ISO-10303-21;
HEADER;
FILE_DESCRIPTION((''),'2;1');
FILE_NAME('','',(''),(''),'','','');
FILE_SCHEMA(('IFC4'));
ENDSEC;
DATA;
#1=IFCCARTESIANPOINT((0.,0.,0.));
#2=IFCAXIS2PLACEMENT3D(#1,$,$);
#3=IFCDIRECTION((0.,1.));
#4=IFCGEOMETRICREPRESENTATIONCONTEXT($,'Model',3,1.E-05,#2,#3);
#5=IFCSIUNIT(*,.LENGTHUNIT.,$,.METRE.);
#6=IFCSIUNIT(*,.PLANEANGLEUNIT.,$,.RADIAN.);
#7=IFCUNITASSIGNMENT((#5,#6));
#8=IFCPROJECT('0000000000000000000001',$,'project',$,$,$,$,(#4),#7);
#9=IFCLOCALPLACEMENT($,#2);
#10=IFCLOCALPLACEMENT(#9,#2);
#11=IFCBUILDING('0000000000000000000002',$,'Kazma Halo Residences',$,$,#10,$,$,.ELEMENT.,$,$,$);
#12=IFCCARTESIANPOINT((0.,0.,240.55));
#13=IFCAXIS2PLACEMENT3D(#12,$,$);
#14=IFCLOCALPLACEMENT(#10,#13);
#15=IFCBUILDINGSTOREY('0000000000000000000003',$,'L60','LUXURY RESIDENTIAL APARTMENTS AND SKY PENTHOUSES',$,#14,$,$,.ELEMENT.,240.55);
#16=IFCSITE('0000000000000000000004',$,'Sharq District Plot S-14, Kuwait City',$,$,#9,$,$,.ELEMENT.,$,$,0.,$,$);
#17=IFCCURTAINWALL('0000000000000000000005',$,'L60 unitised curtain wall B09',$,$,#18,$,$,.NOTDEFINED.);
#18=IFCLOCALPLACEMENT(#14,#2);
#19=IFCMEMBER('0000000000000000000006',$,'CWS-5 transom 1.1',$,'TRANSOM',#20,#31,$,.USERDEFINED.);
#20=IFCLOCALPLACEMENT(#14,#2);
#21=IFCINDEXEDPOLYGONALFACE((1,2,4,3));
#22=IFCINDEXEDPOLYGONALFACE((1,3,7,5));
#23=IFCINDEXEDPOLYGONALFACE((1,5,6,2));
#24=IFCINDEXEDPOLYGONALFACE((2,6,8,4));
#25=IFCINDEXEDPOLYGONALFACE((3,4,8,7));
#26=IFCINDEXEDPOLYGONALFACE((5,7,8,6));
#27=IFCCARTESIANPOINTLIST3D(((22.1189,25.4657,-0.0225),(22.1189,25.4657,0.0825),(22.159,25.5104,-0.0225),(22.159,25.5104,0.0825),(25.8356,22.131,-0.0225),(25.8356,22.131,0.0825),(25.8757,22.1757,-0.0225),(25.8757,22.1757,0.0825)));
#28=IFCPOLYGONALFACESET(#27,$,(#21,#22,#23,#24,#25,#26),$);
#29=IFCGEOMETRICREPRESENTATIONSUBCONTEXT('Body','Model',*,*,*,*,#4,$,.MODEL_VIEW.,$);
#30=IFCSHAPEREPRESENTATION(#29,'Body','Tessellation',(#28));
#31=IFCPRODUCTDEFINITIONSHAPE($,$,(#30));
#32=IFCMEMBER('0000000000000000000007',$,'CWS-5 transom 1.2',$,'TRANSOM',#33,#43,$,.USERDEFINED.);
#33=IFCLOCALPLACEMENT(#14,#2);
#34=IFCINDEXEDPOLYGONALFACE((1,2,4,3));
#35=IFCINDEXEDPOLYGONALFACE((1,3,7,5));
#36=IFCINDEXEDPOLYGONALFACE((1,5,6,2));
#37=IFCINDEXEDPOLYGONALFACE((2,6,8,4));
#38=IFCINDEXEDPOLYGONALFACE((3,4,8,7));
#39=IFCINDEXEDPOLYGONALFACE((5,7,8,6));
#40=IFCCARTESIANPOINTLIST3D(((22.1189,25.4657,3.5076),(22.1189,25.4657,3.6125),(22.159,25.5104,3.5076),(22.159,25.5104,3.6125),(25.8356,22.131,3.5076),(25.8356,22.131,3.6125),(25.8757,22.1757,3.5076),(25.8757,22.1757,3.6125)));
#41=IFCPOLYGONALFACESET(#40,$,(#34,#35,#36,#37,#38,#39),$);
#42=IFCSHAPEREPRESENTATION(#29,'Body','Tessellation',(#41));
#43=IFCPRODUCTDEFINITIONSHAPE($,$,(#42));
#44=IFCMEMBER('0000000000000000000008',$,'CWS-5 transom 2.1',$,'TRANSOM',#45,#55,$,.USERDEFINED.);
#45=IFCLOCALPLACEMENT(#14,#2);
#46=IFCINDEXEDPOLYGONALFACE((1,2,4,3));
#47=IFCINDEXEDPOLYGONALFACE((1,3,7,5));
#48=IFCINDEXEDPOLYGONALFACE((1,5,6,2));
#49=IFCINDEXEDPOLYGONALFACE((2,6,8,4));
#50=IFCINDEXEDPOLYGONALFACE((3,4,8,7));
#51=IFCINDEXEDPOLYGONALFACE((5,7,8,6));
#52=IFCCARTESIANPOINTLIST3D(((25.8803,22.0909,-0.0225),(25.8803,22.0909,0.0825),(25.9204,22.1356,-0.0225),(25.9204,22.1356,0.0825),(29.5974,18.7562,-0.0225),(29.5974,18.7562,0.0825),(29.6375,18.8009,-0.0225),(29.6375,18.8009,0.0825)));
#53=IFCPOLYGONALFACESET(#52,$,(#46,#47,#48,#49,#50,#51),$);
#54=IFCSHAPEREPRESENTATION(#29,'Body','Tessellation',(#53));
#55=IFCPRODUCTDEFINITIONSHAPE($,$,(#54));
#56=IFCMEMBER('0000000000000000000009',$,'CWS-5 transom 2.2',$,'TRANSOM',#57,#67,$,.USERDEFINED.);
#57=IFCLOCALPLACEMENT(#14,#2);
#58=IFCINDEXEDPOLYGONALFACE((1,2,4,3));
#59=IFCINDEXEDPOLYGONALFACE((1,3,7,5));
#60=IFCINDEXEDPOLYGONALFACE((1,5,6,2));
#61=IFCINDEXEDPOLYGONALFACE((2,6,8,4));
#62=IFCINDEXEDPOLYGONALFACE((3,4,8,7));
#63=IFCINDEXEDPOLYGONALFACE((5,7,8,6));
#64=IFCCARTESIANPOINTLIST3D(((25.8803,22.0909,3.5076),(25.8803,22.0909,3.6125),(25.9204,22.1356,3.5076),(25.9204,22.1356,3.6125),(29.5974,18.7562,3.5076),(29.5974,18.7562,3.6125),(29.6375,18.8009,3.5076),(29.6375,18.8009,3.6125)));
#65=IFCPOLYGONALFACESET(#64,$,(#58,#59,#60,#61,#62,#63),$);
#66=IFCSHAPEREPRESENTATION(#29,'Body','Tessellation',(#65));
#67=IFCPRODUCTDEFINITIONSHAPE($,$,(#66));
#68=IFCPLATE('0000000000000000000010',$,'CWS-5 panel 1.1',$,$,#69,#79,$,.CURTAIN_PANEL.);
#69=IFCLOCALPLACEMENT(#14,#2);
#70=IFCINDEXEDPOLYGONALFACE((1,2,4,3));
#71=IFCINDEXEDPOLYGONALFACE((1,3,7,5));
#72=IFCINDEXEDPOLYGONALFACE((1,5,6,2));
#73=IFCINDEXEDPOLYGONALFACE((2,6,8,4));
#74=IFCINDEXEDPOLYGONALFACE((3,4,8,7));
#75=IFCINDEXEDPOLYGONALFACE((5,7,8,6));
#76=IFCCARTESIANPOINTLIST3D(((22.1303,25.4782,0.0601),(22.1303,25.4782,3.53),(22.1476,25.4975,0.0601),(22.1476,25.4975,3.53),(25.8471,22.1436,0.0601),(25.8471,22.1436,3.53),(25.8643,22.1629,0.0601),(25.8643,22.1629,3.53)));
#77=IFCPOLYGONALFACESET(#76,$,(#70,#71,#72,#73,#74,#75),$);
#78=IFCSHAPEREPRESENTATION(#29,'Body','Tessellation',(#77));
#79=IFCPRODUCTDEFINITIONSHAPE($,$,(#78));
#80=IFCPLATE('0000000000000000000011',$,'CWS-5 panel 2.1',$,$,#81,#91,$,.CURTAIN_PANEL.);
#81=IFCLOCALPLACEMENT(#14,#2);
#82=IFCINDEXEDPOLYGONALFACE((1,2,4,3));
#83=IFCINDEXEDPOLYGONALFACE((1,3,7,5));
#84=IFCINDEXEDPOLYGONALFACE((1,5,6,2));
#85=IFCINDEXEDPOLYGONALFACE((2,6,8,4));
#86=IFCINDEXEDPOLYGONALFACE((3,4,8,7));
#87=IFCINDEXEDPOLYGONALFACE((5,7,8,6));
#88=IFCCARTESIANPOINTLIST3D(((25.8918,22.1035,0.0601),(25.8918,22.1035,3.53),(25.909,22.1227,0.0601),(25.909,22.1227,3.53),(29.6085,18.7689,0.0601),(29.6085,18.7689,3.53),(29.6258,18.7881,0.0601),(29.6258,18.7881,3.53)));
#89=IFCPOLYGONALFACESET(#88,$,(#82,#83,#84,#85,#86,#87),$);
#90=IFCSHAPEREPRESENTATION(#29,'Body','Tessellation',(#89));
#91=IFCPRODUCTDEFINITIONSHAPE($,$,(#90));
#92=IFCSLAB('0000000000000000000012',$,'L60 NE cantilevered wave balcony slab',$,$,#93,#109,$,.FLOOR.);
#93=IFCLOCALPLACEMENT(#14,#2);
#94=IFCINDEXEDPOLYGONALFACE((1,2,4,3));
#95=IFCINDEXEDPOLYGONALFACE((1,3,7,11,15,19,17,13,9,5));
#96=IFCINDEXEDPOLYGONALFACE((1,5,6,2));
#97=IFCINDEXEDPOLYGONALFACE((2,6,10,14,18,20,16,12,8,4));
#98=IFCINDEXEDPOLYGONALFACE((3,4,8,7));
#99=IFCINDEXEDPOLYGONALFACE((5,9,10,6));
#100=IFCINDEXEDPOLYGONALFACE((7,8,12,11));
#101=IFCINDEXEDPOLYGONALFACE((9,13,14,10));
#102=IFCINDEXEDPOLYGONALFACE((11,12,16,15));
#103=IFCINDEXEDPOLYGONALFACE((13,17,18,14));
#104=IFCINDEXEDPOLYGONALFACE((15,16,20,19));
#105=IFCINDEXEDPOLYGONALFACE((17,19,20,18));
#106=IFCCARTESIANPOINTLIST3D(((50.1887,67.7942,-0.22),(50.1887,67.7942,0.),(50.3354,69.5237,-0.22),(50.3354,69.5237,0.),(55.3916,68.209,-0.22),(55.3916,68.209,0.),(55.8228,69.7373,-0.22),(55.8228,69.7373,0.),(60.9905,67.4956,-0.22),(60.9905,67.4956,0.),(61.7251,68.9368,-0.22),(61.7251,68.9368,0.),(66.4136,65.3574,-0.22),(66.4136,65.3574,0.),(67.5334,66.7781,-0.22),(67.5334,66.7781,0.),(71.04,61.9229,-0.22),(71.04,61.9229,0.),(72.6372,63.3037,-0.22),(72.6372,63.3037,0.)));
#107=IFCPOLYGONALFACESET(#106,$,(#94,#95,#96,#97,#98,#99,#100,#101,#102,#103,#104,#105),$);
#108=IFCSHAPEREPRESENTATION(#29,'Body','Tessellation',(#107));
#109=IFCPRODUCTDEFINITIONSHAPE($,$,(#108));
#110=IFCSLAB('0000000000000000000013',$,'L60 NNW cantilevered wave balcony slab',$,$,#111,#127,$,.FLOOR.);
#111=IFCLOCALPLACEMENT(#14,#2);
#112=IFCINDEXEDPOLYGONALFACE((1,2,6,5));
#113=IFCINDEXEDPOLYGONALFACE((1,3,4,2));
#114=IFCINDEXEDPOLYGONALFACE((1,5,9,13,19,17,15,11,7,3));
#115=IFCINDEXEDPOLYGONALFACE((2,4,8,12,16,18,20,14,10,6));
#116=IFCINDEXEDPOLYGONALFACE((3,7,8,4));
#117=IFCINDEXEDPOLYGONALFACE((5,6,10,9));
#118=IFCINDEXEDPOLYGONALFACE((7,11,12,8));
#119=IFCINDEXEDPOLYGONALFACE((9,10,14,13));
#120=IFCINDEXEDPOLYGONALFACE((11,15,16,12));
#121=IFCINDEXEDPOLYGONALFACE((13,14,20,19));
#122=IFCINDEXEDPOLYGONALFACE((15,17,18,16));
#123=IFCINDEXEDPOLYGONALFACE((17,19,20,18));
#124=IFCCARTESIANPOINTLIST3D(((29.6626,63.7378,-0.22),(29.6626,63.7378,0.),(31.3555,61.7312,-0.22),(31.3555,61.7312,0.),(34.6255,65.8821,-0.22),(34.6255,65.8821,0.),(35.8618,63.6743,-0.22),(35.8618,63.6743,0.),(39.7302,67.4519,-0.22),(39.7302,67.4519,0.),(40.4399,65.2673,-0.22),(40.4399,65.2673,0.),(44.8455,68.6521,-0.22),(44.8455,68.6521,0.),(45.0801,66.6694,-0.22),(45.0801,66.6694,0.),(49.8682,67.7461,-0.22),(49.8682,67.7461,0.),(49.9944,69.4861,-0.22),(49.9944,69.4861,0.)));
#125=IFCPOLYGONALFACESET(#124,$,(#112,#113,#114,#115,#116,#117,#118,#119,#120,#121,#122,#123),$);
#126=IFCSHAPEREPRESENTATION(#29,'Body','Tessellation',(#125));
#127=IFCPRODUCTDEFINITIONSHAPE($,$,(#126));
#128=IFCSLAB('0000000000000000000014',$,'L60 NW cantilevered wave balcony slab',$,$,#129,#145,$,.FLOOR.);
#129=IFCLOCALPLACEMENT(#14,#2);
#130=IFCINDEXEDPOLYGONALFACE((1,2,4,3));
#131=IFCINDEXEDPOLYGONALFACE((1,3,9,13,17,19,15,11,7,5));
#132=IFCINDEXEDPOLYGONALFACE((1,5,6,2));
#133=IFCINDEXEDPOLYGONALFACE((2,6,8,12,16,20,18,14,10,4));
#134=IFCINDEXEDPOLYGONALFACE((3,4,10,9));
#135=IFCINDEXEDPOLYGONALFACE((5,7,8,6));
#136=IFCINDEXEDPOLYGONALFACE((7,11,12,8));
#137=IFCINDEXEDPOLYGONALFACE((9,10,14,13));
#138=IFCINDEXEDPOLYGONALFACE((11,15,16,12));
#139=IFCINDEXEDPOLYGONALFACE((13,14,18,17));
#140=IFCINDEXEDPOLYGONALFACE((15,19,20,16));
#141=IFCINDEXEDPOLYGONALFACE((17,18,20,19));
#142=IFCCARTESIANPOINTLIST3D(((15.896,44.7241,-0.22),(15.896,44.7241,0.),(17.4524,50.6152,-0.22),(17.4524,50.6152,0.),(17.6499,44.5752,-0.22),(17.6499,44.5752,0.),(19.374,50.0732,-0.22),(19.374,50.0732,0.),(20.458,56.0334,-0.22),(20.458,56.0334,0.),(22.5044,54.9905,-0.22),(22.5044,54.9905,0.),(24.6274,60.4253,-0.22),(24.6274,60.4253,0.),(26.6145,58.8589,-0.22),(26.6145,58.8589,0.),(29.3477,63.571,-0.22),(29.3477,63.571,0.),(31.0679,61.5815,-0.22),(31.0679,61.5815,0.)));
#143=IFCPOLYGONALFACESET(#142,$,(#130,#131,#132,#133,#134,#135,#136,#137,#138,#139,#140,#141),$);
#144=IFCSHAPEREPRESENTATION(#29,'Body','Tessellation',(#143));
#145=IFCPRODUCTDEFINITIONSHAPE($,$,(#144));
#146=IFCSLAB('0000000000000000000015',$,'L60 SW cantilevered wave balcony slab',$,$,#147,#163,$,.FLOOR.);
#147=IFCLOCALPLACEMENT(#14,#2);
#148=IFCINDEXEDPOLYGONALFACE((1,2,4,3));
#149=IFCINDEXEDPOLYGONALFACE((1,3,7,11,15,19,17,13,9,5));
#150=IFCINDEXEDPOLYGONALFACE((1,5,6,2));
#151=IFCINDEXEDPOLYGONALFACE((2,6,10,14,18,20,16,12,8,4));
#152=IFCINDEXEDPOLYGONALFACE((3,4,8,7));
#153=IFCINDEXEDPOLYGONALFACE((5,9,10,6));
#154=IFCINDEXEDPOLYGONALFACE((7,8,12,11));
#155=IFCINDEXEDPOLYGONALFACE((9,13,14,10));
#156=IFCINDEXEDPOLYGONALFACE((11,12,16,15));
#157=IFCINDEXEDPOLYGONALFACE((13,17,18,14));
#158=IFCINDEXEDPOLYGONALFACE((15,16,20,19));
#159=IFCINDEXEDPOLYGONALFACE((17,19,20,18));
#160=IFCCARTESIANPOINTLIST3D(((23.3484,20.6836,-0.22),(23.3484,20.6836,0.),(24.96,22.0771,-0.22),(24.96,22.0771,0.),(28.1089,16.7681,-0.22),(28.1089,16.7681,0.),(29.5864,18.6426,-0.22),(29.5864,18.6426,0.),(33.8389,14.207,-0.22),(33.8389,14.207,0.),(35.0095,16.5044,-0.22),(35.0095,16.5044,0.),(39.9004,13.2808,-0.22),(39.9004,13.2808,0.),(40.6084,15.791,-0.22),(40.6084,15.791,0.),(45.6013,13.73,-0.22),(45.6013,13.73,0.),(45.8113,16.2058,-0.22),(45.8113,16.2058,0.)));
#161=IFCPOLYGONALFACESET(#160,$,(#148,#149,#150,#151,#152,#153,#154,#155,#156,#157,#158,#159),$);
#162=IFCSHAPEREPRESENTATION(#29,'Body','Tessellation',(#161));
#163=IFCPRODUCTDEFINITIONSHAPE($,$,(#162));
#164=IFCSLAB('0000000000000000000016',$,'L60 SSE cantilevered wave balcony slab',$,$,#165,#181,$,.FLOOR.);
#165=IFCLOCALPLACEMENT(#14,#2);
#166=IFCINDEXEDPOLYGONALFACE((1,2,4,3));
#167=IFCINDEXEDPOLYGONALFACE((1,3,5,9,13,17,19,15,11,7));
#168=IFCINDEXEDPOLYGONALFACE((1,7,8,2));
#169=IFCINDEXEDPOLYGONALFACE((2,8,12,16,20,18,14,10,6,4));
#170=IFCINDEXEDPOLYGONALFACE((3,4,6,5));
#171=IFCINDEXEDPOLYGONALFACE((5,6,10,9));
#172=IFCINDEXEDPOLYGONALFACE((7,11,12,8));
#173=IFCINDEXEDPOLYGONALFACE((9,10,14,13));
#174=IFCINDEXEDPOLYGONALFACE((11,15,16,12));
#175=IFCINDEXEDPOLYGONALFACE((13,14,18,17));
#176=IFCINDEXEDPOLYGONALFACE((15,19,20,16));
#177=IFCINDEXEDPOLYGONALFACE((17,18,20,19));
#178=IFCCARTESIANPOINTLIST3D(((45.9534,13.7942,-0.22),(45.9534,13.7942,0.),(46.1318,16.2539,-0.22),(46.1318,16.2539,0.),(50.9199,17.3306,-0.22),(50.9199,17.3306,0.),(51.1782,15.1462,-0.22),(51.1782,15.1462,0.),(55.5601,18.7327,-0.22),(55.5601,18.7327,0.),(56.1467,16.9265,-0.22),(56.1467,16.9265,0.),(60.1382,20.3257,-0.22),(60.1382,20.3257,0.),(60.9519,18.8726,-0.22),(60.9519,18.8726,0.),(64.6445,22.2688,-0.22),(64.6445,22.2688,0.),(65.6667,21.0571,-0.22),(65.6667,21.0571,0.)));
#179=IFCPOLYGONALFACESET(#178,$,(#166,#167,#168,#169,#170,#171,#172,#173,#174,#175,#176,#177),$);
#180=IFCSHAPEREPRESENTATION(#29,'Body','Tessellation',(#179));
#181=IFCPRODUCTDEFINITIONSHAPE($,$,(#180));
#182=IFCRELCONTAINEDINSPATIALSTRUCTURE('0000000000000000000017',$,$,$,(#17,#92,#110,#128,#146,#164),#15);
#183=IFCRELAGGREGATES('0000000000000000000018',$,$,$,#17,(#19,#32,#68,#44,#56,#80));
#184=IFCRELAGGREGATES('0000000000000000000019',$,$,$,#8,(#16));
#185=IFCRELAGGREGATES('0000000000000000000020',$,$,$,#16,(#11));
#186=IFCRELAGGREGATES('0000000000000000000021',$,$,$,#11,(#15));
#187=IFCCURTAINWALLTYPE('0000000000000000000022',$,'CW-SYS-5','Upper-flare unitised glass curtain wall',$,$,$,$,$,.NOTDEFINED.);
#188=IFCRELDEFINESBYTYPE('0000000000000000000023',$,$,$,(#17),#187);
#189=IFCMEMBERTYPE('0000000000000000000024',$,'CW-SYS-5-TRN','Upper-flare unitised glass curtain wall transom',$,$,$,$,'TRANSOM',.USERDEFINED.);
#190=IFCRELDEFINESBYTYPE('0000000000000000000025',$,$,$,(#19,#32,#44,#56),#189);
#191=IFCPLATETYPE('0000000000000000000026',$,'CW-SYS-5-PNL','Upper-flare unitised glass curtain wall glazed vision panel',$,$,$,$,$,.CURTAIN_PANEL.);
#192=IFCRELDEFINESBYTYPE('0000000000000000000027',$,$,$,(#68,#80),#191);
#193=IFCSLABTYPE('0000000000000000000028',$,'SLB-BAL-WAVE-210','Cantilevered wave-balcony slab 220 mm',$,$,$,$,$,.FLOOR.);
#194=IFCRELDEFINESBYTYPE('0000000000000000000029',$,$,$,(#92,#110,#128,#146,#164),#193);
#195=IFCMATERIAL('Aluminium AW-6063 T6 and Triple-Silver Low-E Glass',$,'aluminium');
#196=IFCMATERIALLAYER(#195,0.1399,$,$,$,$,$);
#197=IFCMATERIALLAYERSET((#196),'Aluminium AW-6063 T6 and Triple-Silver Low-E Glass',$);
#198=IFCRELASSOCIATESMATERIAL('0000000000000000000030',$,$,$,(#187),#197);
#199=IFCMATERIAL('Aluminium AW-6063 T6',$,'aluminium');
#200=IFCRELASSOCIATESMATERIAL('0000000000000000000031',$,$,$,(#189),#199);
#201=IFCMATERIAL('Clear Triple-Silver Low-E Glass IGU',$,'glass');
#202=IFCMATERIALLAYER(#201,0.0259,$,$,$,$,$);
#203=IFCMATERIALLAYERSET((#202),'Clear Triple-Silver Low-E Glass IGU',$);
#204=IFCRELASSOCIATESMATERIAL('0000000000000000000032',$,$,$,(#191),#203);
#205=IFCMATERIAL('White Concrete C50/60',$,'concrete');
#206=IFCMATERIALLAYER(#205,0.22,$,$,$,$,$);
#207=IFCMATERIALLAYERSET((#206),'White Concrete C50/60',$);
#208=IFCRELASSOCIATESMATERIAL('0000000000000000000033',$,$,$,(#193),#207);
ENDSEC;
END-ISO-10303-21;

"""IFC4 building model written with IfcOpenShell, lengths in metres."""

from ifc_helpers import new_model, si_unit, direction, frame, origin, origin_2d, place, context, subcontext, project, spatial, polyline, rectangle, outline, extrude, material, layer, layer_set, material_profile, profile_set, type_object, element, aggregate, save


model = new_model("IFC4")

# Units and contexts
model_context = context("Model", 3, precision=1e-05, world=origin(), true_north=direction((0.0, 1.0)))
body_context = subcontext(model_context, "Body", "Model", "MODEL_VIEW")
ifc_project = project(units=[si_unit("LENGTHUNIT", "METRE"), si_unit("PLANEANGLEUNIT", "RADIAN")], contexts=[model_context])

# Site, building, storey
site_placement = place(None, origin())
site = spatial("IfcSite", under=ifc_project, at=site_placement, Name="Sharq District Plot S-14, Kuwait City", CompositionType="ELEMENT", RefElevation=0.0)
building_placement = place(site_placement, origin())
building = spatial("IfcBuilding", under=site, at=building_placement, Name="Kazma Halo Residences", CompositionType="ELEMENT")
storey_placement = place(building_placement, frame((0.0, 0.0, 240.55)))
storey = spatial("IfcBuildingStorey", under=building, at=storey_placement, Name="L60", Description="LUXURY RESIDENTIAL APARTMENTS AND SKY PENTHOUSES", CompositionType="ELEMENT", Elevation=240.55)

# Curtain wall, members, plates
ifc_material_1 = material(Name="Aluminium AW-6063 T6 and Triple-Silver Low-E Glass", Category="aluminium")
ifc_layer_1 = layer(ifc_material_1, 0.1399)
ifc_layer_set_1 = layer_set([ifc_layer_1], Name="Aluminium AW-6063 T6 and Triple-Silver Low-E Glass")
curtain_wall_type = type_object("IfcCurtainWallType", Name="CW-SYS-5", Description="Upper-flare unitised glass curtain wall", PredefinedType="NOTDEFINED", material=ifc_layer_set_1)
curtain_wall_placement = place(storey_placement, origin())
curtain_wall = element("IfcCurtainWall", 1, at=curtain_wall_placement, inside=storey, type_object=curtain_wall_type, Name="L60 unitised curtain wall B09", PredefinedType="NOTDEFINED")
ifc_material_2 = material(Name="Aluminium AW-6063 T6", Category="aluminium")
ifc_material_profile_1 = material_profile(ifc_material_2, rectangle(XDim=0.0601, YDim=0.105, at=origin_2d()), Name="CWT-60x105")
ifc_profile_set_1 = profile_set([ifc_material_profile_1], Name="Aluminium AW-6063 T6")
member_type_1 = type_object("IfcMemberType", Name="CW-SYS-5-TRN", Description="Upper-flare unitised glass curtain wall transom", ElementType="TRANSOM", PredefinedType="USERDEFINED", material=ifc_profile_set_1)
member_1_placement = place(storey_placement, frame((22.1389, 25.488, 0.03), z_axis=(0.744329, -0.667813, 0.0), x_axis=(0.667813, 0.744329, 0.0)))
member_1 = element("IfcMember", 2, at=member_1_placement, type_object=member_type_1, Name="CWS-5 transom 1.1", ObjectType="TRANSOM", PredefinedType="USERDEFINED", context=body_context, shape_type="SweptSolid", body=[
    extrude(rectangle(XDim=0.0601, YDim=0.105, at=origin_2d()), origin(), (0.0, 0.0, 1.0), 4.9934),
])
member_2_placement = place(storey_placement, frame((22.1389, 25.488, 3.5601), z_axis=(0.744329, -0.667813, 0.0), x_axis=(0.667813, 0.744329, 0.0)))
member_2 = element("IfcMember", 3, at=member_2_placement, type_object=member_type_1, Name="CWS-5 transom 1.2", ObjectType="TRANSOM", PredefinedType="USERDEFINED", context=body_context, shape_type="SweptSolid", body=[
    extrude(rectangle(XDim=0.0601, YDim=0.105, at=origin_2d()), origin(), (0.0, 0.0, 1.0), 4.9934),
])
member_3_placement = place(storey_placement, frame((25.9004, 22.1133, 0.03), z_axis=(0.744351, -0.667789, 0.0), x_axis=(0.667789, 0.744351, 0.0)))
member_3 = element("IfcMember", 4, at=member_3_placement, type_object=member_type_1, Name="CWS-5 transom 2.1", ObjectType="TRANSOM", PredefinedType="USERDEFINED", context=body_context, shape_type="SweptSolid", body=[
    extrude(rectangle(XDim=0.0601, YDim=0.105, at=origin_2d()), origin(), (0.0, 0.0, 1.0), 4.9937),
])
member_4_placement = place(storey_placement, frame((25.9004, 22.1133, 3.5601), z_axis=(0.744351, -0.667789, 0.0), x_axis=(0.667789, 0.744351, 0.0)))
member_4 = element("IfcMember", 5, at=member_4_placement, type_object=member_type_1, Name="CWS-5 transom 2.2", ObjectType="TRANSOM", PredefinedType="USERDEFINED", context=body_context, shape_type="SweptSolid", body=[
    extrude(rectangle(XDim=0.0601, YDim=0.105, at=origin_2d()), origin(), (0.0, 0.0, 1.0), 4.9937),
])
ifc_material_3 = material(Name="Clear Triple-Silver Low-E Glass IGU", Category="glass")
ifc_layer_2 = layer(ifc_material_3, 0.0259)
ifc_layer_set_2 = layer_set([ifc_layer_2], Name="Clear Triple-Silver Low-E Glass IGU")
plate_type = type_object("IfcPlateType", Name="CW-SYS-5-PNL", Description="Upper-flare unitised glass curtain wall glazed vision panel", PredefinedType="CURTAIN_PANEL", material=ifc_layer_set_2)
plate_1_placement = place(storey_placement, frame((23.9973, 23.8206, 0.0601), z_axis=(0.0, 0.0, 1.0), x_axis=(0.744336, -0.667805, 0.0)))
plate_1 = element("IfcPlate", 6, at=plate_1_placement, type_object=plate_type, Name="CWS-5 panel 1.1", PredefinedType="CURTAIN_PANEL", context=body_context, shape_type="SweptSolid", body=[
    extrude(rectangle(XDim=4.9934, YDim=0.0259, at=origin_2d()), origin(), (0.0, 0.0, 1.0), 3.47),
])
plate_2_placement = place(storey_placement, frame((27.7588, 20.4458, 0.0601), z_axis=(0.0, 0.0, 1.0), x_axis=(0.744336, -0.667805, 0.0)))
plate_2 = element("IfcPlate", 7, at=plate_2_placement, type_object=plate_type, Name="CWS-5 panel 2.1", PredefinedType="CURTAIN_PANEL", context=body_context, shape_type="SweptSolid", body=[
    extrude(rectangle(XDim=4.9934, YDim=0.0259, at=origin_2d()), origin(), (0.0, 0.0, 1.0), 3.47),
])
aggregate(curtain_wall, [member_1, member_2, plate_1, member_3, member_4, plate_2])

# Slabs
ifc_material_4 = material(Name="White Concrete C50/60", Category="concrete")
ifc_layer_3 = layer(ifc_material_4, 0.22)
ifc_layer_set_3 = layer_set([ifc_layer_3], Name="White Concrete C50/60")
slab_type_1 = type_object("IfcSlabType", Name="SLB-BAL-WAVE-210", Description="Cantilevered wave-balcony slab 220 mm", PredefinedType="FLOOR", material=ifc_layer_set_3)
slab_1_placement = place(storey_placement, frame((0.0, 0.0, -0.22)))
element("IfcSlab", 8, at=slab_1_placement, inside=storey, type_object=slab_type_1, Name="L60 NE cantilevered wave balcony slab", PredefinedType="FLOOR", context=body_context, shape_type="SweptSolid", body=[
    extrude(outline(polyline([(71.04, 61.9229), (66.4136, 65.3574), (60.9905, 67.4956), (55.3916, 68.209), (50.1887, 67.7942), (50.3354, 69.5237), (55.8228, 69.7373), (61.7251, 68.9368), (67.5334, 66.7781), (72.6372, 63.3037), (71.04, 61.9229)])), origin(), (0.0, 0.0, 1.0), 0.22),
])
slab_2_placement = place(storey_placement, frame((0.0, 0.0, -0.22)))
element("IfcSlab", 9, at=slab_2_placement, inside=storey, type_object=slab_type_1, Name="L60 NNW cantilevered wave balcony slab", PredefinedType="FLOOR", context=body_context, shape_type="SweptSolid", body=[
    extrude(outline(polyline([(49.8682, 67.7461), (45.0801, 66.6694), (40.4399, 65.2673), (35.8618, 63.6743), (31.3555, 61.7312), (29.6626, 63.7378), (34.6255, 65.8821), (39.7302, 67.4519), (44.8455, 68.6521), (49.9944, 69.4861), (49.8682, 67.7461)])), origin(), (0.0, 0.0, 1.0), 0.22),
])
slab_3_placement = place(storey_placement, frame((0.0, 0.0, -0.22)))
element("IfcSlab", 10, at=slab_3_placement, inside=storey, type_object=slab_type_1, Name="L60 NW cantilevered wave balcony slab", PredefinedType="FLOOR", context=body_context, shape_type="SweptSolid", body=[
    extrude(outline(polyline([(31.0679, 61.5815), (26.6145, 58.8589), (22.5044, 54.9905), (19.374, 50.0732), (17.6499, 44.5752), (15.896, 44.7241), (17.4524, 50.6152), (20.458, 56.0334), (24.6274, 60.4253), (29.3477, 63.571), (31.0679, 61.5815)])), origin(), (0.0, 0.0, 1.0), 0.22),
])
slab_4_placement = place(storey_placement, frame((0.0, 0.0, -0.22)))
element("IfcSlab", 11, at=slab_4_placement, inside=storey, type_object=slab_type_1, Name="L60 SW cantilevered wave balcony slab", PredefinedType="FLOOR", context=body_context, shape_type="SweptSolid", body=[
    extrude(outline(polyline([(24.96, 22.0771), (29.5864, 18.6426), (35.0095, 16.5044), (40.6084, 15.791), (45.8113, 16.2058), (45.6013, 13.73), (39.9004, 13.2808), (33.8389, 14.207), (28.1089, 16.7681), (23.3484, 20.6836), (24.96, 22.0771)])), origin(), (0.0, 0.0, 1.0), 0.22),
])
slab_5_placement = place(storey_placement, frame((0.0, 0.0, -0.22)))
element("IfcSlab", 12, at=slab_5_placement, inside=storey, type_object=slab_type_1, Name="L60 SSE cantilevered wave balcony slab", PredefinedType="FLOOR", context=body_context, shape_type="SweptSolid", body=[
    extrude(outline(polyline([(46.1318, 16.2539), (50.9199, 17.3306), (55.5601, 18.7327), (60.1382, 20.3257), (64.6445, 22.2688), (65.6667, 21.0571), (60.9519, 18.8726), (56.1467, 16.9265), (51.1782, 15.1462), (45.9534, 13.7942), (46.1318, 16.2539)])), origin(), (0.0, 0.0, 1.0), 0.22),
])

save(model, "model.ifc")
